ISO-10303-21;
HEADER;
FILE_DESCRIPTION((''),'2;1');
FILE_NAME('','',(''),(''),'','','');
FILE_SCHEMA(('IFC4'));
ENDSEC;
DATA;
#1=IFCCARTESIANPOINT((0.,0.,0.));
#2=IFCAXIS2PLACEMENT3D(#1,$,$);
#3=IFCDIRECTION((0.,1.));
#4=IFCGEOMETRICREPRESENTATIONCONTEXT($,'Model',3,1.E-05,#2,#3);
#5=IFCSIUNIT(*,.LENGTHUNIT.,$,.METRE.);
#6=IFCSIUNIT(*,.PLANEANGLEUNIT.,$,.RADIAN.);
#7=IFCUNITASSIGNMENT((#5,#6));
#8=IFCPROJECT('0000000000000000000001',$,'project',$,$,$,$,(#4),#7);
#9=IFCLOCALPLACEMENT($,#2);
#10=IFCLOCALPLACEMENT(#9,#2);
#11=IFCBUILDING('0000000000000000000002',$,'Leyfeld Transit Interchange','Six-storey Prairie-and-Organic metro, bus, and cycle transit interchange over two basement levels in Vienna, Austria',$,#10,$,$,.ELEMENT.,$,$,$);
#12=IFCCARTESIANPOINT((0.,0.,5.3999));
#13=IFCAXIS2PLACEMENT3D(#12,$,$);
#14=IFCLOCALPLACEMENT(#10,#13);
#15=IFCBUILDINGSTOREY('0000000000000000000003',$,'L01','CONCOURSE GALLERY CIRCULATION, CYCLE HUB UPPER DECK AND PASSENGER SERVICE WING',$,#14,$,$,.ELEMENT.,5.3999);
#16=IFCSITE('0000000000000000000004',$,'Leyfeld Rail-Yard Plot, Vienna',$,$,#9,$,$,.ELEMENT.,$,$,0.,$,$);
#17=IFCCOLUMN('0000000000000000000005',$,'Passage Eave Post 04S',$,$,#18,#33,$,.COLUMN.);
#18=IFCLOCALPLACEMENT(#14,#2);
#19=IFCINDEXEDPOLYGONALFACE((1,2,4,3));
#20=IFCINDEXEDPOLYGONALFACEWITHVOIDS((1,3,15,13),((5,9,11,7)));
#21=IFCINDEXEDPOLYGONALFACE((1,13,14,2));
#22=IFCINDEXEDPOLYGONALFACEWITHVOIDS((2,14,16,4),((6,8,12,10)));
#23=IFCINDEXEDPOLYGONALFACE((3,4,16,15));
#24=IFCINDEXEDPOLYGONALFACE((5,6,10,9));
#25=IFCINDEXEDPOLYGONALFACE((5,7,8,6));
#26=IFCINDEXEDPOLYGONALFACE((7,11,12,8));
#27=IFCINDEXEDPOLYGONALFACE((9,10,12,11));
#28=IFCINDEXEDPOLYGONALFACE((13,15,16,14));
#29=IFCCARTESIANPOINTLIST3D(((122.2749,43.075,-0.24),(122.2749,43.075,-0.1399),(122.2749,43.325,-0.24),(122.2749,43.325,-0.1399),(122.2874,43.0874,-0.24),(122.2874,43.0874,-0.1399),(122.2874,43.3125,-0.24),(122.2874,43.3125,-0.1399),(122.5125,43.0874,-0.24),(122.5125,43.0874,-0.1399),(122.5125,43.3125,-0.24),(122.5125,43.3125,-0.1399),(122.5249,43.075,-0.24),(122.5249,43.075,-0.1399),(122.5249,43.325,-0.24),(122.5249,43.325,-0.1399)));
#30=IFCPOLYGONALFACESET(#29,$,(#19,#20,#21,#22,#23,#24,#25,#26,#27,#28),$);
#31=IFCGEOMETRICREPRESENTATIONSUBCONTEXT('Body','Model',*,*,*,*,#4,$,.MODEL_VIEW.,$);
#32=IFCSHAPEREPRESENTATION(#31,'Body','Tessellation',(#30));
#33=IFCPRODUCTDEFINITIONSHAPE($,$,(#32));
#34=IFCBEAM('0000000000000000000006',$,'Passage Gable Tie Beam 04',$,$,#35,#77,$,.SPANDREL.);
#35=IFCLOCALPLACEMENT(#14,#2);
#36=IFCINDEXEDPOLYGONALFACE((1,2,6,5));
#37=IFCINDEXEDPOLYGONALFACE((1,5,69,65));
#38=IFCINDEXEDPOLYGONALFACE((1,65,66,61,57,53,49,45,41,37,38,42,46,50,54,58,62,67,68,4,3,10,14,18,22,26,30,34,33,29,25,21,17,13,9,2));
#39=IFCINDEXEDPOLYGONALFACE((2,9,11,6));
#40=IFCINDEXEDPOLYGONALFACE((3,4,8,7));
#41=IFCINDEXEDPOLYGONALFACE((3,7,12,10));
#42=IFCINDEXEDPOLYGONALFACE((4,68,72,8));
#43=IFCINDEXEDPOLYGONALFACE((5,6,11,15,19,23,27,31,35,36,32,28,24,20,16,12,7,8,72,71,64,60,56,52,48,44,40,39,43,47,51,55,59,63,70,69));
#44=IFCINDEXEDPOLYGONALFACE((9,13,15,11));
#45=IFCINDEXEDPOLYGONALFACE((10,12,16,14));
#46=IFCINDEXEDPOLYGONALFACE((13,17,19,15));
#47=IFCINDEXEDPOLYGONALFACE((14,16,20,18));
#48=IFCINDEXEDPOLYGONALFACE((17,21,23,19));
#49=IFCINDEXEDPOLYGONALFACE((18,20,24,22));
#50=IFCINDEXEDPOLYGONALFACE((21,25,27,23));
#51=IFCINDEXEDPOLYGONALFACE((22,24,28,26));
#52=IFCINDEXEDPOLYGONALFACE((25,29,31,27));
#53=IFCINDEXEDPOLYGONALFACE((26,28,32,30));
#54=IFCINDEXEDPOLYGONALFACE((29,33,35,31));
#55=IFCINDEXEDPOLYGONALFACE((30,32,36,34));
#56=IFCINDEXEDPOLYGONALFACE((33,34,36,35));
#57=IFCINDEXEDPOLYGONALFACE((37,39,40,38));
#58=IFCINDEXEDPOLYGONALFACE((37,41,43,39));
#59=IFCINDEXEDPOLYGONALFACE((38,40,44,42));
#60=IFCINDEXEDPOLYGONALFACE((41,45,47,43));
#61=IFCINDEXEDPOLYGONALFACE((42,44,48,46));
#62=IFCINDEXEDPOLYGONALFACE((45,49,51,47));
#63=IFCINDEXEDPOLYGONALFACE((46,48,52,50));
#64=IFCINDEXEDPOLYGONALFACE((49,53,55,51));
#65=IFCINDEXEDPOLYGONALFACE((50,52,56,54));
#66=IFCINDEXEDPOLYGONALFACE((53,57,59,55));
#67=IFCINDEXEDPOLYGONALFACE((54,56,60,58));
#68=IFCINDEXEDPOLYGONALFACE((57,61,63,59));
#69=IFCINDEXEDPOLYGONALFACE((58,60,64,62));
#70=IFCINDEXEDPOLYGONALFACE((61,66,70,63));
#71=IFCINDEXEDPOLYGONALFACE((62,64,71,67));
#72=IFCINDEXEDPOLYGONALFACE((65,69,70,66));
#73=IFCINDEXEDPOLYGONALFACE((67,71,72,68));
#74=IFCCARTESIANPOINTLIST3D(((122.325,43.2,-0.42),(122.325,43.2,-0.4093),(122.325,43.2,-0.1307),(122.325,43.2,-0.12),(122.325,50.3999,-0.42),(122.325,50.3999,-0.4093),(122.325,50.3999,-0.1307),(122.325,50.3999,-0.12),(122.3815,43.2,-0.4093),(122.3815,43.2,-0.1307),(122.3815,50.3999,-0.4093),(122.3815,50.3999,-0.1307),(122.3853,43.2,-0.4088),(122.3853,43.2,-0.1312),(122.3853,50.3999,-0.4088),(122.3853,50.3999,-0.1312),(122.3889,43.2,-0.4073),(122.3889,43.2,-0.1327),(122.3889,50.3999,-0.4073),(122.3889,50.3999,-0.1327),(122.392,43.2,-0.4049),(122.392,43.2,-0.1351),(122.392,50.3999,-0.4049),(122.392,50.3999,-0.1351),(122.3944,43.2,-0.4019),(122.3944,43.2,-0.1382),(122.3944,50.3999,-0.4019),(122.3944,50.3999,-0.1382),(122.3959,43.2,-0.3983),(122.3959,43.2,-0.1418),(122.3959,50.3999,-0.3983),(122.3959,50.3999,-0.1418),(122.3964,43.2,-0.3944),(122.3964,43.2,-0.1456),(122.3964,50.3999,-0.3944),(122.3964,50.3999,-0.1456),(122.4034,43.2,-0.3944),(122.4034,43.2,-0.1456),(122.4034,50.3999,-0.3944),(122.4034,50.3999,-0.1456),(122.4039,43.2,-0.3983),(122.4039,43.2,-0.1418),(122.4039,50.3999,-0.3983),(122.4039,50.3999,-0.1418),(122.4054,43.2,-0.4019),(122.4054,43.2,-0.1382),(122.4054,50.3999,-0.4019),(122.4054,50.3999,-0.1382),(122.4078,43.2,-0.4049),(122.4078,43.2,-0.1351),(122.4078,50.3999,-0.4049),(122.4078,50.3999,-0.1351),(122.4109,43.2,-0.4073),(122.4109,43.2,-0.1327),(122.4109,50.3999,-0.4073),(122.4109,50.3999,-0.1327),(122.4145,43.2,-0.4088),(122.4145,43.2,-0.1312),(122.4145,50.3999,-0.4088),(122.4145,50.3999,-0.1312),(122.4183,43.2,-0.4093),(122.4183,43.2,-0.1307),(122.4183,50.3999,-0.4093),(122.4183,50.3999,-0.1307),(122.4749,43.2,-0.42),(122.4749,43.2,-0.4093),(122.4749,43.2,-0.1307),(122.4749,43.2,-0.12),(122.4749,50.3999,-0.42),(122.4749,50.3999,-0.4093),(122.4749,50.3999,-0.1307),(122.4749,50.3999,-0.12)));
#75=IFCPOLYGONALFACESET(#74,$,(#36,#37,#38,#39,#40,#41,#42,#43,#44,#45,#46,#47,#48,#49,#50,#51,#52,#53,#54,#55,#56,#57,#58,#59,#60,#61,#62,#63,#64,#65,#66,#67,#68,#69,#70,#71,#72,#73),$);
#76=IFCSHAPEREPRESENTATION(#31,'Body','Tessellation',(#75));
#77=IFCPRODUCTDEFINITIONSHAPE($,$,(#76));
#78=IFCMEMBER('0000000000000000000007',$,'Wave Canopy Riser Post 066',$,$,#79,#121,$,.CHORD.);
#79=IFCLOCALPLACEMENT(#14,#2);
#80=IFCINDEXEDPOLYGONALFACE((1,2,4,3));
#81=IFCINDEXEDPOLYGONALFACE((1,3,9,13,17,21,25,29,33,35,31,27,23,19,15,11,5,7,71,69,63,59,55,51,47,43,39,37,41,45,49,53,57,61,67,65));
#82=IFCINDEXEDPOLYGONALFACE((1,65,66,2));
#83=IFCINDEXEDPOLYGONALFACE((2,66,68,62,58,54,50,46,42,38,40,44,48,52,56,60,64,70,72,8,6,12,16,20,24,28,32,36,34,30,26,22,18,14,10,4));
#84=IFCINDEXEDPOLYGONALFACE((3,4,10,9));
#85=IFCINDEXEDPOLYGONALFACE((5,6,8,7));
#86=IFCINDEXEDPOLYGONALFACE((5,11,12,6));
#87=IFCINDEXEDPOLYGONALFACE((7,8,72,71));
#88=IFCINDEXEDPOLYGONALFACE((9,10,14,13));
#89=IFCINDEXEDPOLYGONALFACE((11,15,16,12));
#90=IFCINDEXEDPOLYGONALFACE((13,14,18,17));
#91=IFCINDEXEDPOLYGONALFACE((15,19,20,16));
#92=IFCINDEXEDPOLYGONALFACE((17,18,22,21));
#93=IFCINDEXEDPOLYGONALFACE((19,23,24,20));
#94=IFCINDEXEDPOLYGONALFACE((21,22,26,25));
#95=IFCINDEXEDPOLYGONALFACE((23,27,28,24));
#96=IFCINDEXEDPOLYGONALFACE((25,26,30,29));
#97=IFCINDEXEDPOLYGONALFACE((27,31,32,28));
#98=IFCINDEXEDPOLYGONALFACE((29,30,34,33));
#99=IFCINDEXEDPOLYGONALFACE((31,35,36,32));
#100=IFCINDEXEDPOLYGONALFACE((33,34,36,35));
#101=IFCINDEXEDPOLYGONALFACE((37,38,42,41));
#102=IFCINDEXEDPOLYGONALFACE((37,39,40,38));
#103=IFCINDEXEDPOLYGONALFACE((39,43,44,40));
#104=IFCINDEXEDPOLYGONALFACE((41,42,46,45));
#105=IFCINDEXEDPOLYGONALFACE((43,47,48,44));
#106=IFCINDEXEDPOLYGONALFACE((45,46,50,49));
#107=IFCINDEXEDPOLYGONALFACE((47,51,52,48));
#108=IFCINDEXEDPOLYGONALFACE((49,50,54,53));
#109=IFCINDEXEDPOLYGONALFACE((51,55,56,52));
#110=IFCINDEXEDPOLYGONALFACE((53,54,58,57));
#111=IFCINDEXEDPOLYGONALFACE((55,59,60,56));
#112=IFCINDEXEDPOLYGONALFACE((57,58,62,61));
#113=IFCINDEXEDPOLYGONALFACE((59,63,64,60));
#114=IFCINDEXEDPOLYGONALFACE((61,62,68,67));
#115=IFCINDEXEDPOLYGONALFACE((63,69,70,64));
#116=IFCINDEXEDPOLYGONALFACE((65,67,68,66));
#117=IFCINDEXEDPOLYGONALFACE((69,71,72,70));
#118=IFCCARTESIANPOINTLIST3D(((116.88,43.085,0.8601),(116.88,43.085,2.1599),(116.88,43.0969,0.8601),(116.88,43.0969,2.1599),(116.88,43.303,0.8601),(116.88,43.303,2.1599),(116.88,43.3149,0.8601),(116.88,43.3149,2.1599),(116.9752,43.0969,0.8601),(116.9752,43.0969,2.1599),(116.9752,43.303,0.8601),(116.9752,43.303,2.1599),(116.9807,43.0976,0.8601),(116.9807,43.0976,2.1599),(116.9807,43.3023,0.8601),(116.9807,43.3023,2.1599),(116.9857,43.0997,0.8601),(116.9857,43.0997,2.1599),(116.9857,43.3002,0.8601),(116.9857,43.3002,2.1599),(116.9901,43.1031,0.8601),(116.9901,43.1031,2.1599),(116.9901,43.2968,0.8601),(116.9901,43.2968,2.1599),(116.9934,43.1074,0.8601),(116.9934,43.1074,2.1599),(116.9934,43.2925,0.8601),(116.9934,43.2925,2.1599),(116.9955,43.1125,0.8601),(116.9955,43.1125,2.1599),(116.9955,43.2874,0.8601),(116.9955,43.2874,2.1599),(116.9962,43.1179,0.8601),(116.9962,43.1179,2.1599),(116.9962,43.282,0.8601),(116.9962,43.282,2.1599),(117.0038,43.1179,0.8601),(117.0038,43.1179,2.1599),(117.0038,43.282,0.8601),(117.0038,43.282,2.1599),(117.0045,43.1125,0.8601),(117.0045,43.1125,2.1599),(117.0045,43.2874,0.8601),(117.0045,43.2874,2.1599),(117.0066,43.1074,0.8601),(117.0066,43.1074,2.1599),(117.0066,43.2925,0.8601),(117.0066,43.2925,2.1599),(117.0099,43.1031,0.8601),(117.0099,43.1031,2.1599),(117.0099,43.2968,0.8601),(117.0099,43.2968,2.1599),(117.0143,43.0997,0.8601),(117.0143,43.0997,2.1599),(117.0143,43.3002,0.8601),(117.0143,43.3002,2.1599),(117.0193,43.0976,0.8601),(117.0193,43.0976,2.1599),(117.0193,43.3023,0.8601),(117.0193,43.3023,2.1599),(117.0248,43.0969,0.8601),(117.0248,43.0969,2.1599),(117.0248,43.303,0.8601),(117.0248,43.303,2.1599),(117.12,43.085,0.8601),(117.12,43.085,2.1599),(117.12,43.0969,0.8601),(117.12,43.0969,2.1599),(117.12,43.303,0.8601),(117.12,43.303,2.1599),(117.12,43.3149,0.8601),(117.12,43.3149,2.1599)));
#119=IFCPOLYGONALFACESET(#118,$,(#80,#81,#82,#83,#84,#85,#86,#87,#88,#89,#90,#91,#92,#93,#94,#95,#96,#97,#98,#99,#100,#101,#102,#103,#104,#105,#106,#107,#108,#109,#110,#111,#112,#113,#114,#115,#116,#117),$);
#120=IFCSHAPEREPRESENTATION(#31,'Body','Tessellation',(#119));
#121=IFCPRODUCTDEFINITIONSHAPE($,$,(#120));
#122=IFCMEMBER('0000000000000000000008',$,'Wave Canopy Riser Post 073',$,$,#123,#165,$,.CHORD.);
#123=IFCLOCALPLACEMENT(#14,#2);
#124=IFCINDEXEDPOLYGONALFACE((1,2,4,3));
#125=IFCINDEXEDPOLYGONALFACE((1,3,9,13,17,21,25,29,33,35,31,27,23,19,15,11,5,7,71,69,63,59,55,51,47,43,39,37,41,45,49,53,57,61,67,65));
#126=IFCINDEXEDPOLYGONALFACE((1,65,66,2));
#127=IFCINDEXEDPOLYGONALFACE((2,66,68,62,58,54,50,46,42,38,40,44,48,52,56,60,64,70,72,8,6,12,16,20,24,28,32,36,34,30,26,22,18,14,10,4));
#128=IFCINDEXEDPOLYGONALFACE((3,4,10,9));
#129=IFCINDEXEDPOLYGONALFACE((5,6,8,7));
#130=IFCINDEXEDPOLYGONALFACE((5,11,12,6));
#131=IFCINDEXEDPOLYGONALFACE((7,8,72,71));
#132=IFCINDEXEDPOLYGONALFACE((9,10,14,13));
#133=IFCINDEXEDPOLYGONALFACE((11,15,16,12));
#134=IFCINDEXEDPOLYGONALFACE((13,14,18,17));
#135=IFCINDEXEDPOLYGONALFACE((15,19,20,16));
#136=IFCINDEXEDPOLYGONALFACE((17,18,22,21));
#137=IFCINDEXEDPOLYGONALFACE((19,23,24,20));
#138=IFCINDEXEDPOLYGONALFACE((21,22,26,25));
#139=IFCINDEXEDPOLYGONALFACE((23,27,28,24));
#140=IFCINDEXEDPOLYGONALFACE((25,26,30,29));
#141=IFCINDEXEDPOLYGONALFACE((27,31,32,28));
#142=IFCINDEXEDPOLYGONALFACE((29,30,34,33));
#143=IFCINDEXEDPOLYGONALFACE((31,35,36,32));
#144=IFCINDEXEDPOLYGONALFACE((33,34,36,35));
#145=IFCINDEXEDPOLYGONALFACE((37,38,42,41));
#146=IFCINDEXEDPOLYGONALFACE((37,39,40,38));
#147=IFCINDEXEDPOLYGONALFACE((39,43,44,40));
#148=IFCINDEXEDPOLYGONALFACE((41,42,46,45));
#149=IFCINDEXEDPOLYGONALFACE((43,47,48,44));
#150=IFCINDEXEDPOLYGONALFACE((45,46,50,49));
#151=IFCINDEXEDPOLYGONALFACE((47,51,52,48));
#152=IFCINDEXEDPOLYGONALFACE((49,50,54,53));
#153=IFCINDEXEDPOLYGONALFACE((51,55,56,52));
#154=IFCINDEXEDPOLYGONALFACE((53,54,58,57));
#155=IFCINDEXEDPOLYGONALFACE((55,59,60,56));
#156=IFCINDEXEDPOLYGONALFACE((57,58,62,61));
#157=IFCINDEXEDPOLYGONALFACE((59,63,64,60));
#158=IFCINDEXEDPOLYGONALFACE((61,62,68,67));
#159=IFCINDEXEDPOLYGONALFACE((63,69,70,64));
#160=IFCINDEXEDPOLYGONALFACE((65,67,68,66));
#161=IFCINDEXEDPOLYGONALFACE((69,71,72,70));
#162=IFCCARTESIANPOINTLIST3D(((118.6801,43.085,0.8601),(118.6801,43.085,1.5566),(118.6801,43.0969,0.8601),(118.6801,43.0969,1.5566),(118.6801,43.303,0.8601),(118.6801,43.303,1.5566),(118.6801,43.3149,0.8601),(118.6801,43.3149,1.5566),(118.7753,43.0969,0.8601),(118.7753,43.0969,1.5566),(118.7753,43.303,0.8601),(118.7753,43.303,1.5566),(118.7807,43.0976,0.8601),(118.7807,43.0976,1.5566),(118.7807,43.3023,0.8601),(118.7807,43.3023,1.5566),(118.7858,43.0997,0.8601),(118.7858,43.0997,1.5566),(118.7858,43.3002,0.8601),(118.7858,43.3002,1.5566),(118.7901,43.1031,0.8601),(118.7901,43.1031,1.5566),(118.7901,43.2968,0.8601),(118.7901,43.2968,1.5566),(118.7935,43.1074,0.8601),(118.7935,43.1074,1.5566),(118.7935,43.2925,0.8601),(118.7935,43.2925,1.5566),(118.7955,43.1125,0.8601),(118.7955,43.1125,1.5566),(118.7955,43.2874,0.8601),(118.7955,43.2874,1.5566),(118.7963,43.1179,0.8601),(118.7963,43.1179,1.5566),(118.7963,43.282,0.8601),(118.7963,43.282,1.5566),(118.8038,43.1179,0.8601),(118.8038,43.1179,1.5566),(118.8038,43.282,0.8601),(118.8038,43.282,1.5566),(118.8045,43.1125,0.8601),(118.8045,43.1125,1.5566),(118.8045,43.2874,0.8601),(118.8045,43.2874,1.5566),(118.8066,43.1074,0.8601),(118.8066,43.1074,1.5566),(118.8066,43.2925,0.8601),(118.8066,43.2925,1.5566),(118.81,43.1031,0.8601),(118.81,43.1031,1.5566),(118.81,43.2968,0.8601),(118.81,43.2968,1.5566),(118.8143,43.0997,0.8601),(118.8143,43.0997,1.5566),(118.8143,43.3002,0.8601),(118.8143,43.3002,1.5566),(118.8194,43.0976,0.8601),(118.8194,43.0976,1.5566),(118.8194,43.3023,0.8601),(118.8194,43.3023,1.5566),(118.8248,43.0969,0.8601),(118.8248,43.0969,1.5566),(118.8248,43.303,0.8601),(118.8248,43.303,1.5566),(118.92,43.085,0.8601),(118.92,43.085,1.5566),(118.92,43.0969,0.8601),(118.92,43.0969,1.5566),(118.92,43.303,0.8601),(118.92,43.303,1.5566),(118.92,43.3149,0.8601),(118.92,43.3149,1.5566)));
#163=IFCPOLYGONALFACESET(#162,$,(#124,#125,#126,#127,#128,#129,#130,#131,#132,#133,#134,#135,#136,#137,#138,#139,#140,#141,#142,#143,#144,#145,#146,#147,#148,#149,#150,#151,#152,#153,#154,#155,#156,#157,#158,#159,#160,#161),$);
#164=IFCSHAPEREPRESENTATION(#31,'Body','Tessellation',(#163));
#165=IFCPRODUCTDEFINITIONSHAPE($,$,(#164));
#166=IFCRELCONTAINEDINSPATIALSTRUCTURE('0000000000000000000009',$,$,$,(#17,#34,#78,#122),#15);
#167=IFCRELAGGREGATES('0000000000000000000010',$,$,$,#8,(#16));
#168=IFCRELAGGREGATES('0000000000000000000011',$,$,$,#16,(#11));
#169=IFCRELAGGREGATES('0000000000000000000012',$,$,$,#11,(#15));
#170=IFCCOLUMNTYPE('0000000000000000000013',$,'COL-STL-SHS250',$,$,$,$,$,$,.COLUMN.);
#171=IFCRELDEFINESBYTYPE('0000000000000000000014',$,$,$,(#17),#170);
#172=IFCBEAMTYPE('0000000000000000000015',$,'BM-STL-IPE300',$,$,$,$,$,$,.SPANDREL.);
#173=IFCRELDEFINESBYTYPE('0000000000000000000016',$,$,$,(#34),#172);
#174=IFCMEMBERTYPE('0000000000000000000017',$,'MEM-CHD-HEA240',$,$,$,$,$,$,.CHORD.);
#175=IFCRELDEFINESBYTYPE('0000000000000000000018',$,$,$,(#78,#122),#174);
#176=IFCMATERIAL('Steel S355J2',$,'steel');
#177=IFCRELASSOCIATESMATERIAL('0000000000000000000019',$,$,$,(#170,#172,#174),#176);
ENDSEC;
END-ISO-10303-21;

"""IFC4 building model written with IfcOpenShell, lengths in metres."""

from ifc_helpers import new_model, si_unit, direction, frame, origin, origin_2d, place, context, subcontext, project, spatial, hollow_rectangle, i_section, extrude, material, material_profile, profile_set, type_object, element, save


model = new_model("IFC4")

# Units and contexts
model_context = context("Model", 3, precision=1e-05, world=origin(), true_north=direction((0.0, 1.0)))
body_context = subcontext(model_context, "Body", "Model", "MODEL_VIEW")
ifc_project = project(units=[si_unit("LENGTHUNIT", "METRE"), si_unit("PLANEANGLEUNIT", "RADIAN")], contexts=[model_context])

# Site, building, storey
site_placement = place(None, origin())
site = spatial("IfcSite", under=ifc_project, at=site_placement, Name="Leyfeld Rail-Yard Plot, Vienna", CompositionType="ELEMENT", RefElevation=0.0)
building_placement = place(site_placement, origin())
building = spatial("IfcBuilding", under=site, at=building_placement, Name="Leyfeld Transit Interchange", Description="Six-storey Prairie-and-Organic metro, bus, and cycle transit interchange over two basement levels in Vienna, Austria", CompositionType="ELEMENT")
storey_placement = place(building_placement, frame((0.0, 0.0, 5.3999)))
storey = spatial("IfcBuildingStorey", under=building, at=storey_placement, Name="L01", Description="CONCOURSE GALLERY CIRCULATION, CYCLE HUB UPPER DECK AND PASSENGER SERVICE WING", CompositionType="ELEMENT", Elevation=5.3999)

# Column
ifc_material_1 = material(Name="Steel S355J2", Category="steel")
ifc_material_profile_1 = material_profile(ifc_material_1, hollow_rectangle(XDim=0.25, YDim=0.25, WallThickness=0.0125, at=origin_2d()), Name="SHS 250x250x12.5")
ifc_profile_set_1 = profile_set([ifc_material_profile_1], Name="Steel S355J2")
column_type = type_object("IfcColumnType", Name="COL-STL-SHS250", PredefinedType="COLUMN", material=ifc_profile_set_1)
column_placement = place(storey_placement, frame((122.3999, 43.2, -0.24), z_axis=(0.0, 0.0, 1.0), x_axis=(1.0, 0.0, 0.0)))
element("IfcColumn", 1, at=column_placement, inside=storey, type_object=column_type, Name="Passage Eave Post 04S", PredefinedType="COLUMN", context=body_context, shape_type="SweptSolid", body=[
    extrude(hollow_rectangle(XDim=0.25, YDim=0.25, WallThickness=0.0125, at=origin_2d()), origin(), (0.0, 0.0, 1.0), 0.1001),
])

# Beam
ifc_material_profile_2 = material_profile(ifc_material_1, i_section(OverallWidth=0.1499, OverallDepth=0.3, WebThickness=0.0071, FlangeThickness=0.0107, FilletRadius=0.0149, at=origin_2d()), Name="IPE 300")
ifc_profile_set_2 = profile_set([ifc_material_profile_2], Name="Steel S355J2")
beam_type = type_object("IfcBeamType", Name="BM-STL-IPE300", PredefinedType="SPANDREL", material=ifc_profile_set_2)
beam_placement = place(storey_placement, frame((122.3999, 43.2, -0.27), z_axis=(0.0, 1.0, 0.0), x_axis=(-1.0, 0.0, 0.0)))
element("IfcBeam", 2, at=beam_placement, inside=storey, type_object=beam_type, Name="Passage Gable Tie Beam 04", PredefinedType="SPANDREL", context=body_context, shape_type="SweptSolid", body=[
    extrude(i_section(OverallWidth=0.1499, OverallDepth=0.3, WebThickness=0.0071, FlangeThickness=0.0107, FilletRadius=0.0149, at=origin_2d()), origin(), (0.0, 0.0, 1.0), 7.2),
])

# Members
ifc_material_profile_3 = material_profile(ifc_material_1, i_section(OverallWidth=0.24, OverallDepth=0.23, WebThickness=0.0076, FlangeThickness=0.012, FilletRadius=0.021, at=origin_2d()), Name="HEA 240")
ifc_profile_set_3 = profile_set([ifc_material_profile_3], Name="Steel S355J2")
member_type_1 = type_object("IfcMemberType", Name="MEM-CHD-HEA240", PredefinedType="CHORD", material=ifc_profile_set_3)
member_1_placement = place(storey_placement, frame((117.0, 43.2, 0.8601), z_axis=(0.0, 0.0, 1.0), x_axis=(1.0, 0.0, 0.0)))
element("IfcMember", 3, at=member_1_placement, inside=storey, type_object=member_type_1, Name="Wave Canopy Riser Post 066", PredefinedType="CHORD", context=body_context, shape_type="SweptSolid", body=[
    extrude(i_section(OverallWidth=0.24, OverallDepth=0.23, WebThickness=0.0076, FlangeThickness=0.012, FilletRadius=0.021, at=origin_2d()), origin(), (0.0, 0.0, 1.0), 1.2998),
])
member_2_placement = place(storey_placement, frame((118.8, 43.2, 0.8601), z_axis=(0.0, 0.0, 1.0), x_axis=(1.0, 0.0, 0.0)))
element("IfcMember", 4, at=member_2_placement, inside=storey, type_object=member_type_1, Name="Wave Canopy Riser Post 073", PredefinedType="CHORD", context=body_context, shape_type="SweptSolid", body=[
    extrude(i_section(OverallWidth=0.24, OverallDepth=0.23, WebThickness=0.0076, FlangeThickness=0.012, FilletRadius=0.021, at=origin_2d()), origin(), (0.0, 0.0, 1.0), 0.6965),
])

save(model, "model.ifc")
